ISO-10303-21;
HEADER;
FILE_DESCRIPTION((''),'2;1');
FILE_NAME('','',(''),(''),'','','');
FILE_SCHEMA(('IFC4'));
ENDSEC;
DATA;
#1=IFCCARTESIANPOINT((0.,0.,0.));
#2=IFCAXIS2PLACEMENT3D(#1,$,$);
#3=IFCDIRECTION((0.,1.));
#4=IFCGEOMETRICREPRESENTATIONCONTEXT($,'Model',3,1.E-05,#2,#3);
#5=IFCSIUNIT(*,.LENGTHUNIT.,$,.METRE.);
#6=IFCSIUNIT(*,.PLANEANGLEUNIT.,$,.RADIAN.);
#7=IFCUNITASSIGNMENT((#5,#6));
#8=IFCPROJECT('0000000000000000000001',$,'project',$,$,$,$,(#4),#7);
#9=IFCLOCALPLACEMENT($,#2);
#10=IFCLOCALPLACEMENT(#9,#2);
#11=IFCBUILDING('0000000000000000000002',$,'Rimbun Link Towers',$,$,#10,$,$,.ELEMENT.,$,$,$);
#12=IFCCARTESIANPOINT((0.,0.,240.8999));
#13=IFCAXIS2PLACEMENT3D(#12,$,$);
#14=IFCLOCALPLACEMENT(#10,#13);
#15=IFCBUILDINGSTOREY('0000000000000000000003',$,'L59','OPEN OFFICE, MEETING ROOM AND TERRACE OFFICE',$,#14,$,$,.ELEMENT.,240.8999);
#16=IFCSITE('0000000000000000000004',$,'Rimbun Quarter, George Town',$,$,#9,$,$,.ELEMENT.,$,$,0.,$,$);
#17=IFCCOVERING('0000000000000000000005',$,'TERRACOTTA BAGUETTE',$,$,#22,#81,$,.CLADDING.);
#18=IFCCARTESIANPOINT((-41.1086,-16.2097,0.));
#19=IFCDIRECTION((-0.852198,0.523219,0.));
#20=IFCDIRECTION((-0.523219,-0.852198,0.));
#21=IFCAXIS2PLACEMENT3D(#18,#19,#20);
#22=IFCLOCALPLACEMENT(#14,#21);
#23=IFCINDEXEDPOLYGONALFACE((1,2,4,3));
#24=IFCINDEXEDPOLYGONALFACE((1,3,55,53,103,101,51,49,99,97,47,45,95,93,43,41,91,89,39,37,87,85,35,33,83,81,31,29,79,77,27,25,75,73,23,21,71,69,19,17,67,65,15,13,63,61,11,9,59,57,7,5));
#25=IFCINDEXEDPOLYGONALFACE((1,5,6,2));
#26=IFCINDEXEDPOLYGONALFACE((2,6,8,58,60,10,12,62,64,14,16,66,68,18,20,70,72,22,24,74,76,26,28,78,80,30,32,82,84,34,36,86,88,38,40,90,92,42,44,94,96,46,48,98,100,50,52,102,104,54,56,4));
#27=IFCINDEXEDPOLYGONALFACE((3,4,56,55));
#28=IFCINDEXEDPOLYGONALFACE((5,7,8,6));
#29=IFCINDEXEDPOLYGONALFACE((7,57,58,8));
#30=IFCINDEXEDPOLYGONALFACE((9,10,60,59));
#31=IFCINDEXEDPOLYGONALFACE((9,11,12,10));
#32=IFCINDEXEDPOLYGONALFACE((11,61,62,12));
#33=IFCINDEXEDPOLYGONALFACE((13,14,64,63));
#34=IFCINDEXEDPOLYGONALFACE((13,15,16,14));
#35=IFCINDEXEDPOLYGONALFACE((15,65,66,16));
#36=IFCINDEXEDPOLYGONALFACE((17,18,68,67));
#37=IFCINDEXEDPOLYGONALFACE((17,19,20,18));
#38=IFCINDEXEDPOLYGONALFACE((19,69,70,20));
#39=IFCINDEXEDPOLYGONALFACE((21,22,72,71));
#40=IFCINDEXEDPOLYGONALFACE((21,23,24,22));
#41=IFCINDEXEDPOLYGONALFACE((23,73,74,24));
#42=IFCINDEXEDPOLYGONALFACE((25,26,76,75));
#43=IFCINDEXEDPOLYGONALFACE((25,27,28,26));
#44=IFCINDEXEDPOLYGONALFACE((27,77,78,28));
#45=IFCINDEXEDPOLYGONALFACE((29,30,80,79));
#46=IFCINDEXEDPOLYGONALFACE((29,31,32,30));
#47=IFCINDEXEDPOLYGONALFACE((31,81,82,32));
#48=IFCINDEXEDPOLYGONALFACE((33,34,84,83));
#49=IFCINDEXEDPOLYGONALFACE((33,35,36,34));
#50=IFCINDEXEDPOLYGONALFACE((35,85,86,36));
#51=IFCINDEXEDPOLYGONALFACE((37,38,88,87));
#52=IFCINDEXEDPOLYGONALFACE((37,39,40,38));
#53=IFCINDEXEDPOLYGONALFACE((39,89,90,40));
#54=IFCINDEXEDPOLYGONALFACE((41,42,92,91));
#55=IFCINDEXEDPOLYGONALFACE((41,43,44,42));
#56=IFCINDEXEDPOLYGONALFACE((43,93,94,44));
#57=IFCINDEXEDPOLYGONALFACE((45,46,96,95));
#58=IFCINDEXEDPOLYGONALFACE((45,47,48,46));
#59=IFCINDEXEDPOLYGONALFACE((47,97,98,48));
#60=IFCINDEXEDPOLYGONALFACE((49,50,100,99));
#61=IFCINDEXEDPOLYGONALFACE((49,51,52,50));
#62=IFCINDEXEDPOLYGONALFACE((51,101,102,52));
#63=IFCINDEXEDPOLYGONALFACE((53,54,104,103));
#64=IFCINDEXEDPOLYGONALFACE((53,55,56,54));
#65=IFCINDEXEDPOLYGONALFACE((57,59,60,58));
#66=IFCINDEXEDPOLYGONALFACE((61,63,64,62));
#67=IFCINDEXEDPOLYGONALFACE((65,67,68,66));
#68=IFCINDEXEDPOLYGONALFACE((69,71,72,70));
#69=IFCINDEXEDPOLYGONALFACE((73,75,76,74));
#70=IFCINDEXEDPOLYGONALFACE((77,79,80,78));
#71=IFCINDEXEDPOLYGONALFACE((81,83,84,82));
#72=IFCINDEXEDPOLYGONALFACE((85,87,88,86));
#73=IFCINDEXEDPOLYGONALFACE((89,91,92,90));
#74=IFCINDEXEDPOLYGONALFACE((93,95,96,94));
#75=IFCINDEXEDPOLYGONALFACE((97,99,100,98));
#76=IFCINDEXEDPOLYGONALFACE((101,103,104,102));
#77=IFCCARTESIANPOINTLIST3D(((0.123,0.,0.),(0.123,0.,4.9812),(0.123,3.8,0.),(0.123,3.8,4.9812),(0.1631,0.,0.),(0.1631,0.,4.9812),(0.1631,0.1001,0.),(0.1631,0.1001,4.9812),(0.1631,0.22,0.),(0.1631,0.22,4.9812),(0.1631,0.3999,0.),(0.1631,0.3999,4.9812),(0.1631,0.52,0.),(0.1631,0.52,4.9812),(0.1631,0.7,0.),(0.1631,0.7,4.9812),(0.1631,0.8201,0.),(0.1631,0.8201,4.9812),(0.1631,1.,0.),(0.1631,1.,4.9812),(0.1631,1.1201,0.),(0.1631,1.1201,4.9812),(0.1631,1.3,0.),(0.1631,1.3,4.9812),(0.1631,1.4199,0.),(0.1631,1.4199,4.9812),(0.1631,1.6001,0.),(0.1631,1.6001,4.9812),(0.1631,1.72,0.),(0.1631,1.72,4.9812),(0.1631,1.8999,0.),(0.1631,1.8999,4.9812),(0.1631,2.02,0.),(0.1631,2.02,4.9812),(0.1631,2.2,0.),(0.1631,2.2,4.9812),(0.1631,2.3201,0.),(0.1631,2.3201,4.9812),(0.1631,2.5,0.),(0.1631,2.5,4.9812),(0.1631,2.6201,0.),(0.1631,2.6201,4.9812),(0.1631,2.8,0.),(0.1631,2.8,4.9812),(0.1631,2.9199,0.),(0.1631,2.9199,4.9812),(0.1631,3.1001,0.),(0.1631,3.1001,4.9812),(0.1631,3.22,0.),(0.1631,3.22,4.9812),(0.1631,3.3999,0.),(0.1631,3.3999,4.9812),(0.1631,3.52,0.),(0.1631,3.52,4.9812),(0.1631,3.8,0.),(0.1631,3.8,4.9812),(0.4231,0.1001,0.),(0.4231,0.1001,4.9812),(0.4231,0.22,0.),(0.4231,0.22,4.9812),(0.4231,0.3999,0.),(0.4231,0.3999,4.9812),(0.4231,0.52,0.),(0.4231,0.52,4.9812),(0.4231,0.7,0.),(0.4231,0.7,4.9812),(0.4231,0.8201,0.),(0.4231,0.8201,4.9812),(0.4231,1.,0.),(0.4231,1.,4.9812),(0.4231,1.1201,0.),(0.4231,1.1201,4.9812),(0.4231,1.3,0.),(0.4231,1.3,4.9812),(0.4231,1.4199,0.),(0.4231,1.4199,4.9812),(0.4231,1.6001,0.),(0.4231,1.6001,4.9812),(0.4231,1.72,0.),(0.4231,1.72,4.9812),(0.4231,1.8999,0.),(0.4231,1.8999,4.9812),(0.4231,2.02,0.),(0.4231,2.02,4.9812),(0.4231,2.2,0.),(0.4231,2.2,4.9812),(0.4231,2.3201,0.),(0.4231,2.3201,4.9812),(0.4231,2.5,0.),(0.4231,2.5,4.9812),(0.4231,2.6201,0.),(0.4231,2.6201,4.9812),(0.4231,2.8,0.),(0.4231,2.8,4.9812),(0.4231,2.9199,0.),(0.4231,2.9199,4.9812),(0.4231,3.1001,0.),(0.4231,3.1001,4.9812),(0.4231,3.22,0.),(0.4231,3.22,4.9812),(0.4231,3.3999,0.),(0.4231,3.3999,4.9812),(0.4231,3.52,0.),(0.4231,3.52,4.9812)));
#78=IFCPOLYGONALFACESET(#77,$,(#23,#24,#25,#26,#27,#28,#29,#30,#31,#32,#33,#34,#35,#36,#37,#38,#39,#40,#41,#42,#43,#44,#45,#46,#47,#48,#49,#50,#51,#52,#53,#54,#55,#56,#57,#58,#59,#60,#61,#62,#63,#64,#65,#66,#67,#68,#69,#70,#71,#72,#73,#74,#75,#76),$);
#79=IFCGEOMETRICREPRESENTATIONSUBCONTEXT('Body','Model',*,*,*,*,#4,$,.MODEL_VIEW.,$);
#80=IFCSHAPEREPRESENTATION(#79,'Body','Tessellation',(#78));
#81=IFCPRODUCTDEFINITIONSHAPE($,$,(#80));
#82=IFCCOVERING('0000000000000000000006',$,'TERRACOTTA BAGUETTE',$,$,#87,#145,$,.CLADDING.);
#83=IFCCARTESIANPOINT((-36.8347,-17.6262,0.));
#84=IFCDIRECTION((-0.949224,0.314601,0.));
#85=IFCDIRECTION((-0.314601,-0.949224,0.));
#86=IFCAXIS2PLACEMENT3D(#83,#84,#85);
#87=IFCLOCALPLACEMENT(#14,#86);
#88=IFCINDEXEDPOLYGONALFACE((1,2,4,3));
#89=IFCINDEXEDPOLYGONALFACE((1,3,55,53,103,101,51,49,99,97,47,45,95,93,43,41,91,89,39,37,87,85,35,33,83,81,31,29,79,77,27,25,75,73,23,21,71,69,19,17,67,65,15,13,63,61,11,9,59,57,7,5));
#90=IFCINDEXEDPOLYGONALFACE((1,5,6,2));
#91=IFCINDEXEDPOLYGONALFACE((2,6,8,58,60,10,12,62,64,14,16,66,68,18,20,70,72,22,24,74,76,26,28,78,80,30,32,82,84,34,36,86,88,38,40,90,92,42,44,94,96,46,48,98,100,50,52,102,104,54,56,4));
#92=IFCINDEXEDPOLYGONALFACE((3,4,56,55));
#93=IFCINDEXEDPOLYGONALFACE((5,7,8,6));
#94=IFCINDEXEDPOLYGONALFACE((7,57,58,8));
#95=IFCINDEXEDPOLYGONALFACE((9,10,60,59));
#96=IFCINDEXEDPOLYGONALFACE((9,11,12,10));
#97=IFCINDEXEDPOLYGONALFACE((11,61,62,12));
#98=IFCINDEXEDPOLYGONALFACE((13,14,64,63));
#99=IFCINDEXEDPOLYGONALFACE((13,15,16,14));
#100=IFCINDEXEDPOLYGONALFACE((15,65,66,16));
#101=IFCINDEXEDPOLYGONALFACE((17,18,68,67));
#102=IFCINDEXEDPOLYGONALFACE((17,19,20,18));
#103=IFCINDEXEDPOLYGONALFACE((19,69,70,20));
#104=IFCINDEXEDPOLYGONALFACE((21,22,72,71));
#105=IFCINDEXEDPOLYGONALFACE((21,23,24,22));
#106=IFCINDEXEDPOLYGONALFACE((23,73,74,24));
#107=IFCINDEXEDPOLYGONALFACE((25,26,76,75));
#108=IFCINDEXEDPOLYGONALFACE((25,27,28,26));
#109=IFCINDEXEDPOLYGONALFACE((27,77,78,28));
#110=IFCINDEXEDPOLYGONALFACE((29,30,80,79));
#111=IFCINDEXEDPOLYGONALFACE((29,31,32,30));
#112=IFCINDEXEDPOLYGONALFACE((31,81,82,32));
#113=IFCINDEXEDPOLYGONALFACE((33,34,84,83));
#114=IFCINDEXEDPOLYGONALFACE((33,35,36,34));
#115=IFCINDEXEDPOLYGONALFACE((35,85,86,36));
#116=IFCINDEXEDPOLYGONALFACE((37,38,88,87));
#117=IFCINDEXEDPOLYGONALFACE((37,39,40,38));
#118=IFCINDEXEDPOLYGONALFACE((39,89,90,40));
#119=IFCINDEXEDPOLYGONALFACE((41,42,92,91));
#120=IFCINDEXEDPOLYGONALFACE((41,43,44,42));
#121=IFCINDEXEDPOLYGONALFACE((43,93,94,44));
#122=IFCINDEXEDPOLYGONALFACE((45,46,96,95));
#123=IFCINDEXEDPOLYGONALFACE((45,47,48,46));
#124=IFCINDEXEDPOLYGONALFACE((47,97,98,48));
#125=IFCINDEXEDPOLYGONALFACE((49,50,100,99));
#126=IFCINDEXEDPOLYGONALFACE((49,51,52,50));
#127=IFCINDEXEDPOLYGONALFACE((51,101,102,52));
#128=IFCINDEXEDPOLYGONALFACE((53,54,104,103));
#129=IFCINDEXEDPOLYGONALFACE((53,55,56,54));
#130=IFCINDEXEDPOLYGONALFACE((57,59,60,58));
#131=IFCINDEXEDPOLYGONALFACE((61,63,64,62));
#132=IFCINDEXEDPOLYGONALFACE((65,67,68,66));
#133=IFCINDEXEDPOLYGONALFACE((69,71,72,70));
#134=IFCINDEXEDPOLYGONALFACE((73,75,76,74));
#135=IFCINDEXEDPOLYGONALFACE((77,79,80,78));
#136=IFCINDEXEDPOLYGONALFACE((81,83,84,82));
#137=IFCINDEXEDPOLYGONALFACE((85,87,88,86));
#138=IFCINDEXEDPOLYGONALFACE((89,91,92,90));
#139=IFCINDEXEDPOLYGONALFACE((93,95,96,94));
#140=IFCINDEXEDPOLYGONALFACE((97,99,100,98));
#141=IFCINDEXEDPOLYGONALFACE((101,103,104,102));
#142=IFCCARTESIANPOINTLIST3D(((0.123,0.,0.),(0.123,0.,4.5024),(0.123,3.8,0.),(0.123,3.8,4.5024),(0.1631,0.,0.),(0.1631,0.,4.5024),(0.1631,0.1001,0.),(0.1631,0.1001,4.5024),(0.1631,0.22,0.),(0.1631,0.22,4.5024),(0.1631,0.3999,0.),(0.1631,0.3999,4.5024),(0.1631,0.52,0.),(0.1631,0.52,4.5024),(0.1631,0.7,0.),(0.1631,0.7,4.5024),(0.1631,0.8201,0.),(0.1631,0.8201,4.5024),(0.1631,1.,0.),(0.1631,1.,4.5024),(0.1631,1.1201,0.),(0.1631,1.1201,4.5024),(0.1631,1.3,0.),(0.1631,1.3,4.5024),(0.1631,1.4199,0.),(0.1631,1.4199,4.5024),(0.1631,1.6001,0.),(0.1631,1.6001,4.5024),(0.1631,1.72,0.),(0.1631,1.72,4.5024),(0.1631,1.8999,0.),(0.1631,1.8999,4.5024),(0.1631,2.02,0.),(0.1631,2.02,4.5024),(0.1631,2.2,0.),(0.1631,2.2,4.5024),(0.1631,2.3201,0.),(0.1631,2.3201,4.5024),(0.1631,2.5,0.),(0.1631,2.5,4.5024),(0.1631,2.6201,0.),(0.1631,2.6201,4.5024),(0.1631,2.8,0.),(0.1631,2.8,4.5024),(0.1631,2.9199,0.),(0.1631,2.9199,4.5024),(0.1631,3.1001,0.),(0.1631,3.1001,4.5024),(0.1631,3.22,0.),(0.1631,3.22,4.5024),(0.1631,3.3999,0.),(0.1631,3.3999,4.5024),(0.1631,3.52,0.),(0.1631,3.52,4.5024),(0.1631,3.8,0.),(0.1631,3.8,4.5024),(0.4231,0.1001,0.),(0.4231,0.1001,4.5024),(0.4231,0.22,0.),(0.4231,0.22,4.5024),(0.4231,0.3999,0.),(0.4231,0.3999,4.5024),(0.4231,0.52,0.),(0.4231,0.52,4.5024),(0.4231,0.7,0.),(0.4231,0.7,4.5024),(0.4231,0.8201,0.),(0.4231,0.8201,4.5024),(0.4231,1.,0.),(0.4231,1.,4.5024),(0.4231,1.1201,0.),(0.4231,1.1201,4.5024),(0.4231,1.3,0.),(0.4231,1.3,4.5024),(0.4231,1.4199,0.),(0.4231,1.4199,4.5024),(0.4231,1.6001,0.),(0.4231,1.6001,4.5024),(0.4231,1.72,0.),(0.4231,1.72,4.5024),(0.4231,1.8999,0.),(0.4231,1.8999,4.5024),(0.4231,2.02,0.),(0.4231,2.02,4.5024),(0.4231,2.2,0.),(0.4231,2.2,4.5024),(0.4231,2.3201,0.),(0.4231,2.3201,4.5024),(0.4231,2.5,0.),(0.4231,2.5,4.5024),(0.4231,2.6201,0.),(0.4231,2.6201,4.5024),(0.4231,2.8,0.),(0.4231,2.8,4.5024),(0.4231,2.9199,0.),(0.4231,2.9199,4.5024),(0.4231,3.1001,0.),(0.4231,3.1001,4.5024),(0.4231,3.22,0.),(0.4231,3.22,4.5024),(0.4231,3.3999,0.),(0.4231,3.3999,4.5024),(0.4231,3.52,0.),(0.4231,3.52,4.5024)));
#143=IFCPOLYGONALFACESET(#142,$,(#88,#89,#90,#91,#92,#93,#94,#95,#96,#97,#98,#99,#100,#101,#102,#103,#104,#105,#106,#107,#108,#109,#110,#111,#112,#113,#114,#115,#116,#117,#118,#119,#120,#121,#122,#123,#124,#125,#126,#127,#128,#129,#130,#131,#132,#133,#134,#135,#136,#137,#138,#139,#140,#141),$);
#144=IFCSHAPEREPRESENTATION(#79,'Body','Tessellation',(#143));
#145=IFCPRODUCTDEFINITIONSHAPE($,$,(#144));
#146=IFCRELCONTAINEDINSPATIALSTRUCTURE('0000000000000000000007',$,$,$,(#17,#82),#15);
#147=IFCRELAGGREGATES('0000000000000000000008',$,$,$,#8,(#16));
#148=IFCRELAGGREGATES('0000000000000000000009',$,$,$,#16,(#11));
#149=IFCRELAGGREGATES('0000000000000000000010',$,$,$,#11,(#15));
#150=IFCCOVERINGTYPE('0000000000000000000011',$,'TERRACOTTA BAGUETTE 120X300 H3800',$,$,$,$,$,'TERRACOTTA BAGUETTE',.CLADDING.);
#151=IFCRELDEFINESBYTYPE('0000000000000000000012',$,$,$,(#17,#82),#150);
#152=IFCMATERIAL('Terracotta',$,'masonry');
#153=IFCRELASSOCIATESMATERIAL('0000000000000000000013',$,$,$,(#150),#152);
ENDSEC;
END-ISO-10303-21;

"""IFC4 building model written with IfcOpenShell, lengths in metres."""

from ifc_helpers import new_model, si_unit, direction, frame, origin, place, context, subcontext, project, spatial, polyline, outline, extrude, material, material_profile, profile_set, type_object, element, save


model = new_model("IFC4")

# Units and contexts
model_context = context("Model", 3, precision=1e-05, world=origin(), true_north=direction((0.0, 1.0)))
body_context = subcontext(model_context, "Body", "Model", "MODEL_VIEW")
ifc_project = project(units=[si_unit("LENGTHUNIT", "METRE"), si_unit("PLANEANGLEUNIT", "RADIAN")], contexts=[model_context])

# Site, building, storey
site_placement = place(None, origin())
site = spatial("IfcSite", under=ifc_project, at=site_placement, Name="Rimbun Quarter, George Town", CompositionType="ELEMENT", RefElevation=0.0)
building_placement = place(site_placement, origin())
building = spatial("IfcBuilding", under=site, at=building_placement, Name="Rimbun Link Towers", CompositionType="ELEMENT")
storey_placement = place(building_placement, frame((0.0, 0.0, 240.8999)))
storey = spatial("IfcBuildingStorey", under=building, at=storey_placement, Name="L59", Description="OPEN OFFICE, MEETING ROOM AND TERRACE OFFICE", CompositionType="ELEMENT", Elevation=240.8999)

# Coverings
ifc_material_1 = material(Name="Terracotta", Category="masonry")
ifc_material_profile_1 = material_profile(ifc_material_1, outline(polyline([(0.123, 0.0), (0.1631, 0.0), (0.1631, 0.1001), (0.4231, 0.1001), (0.4231, 0.22), (0.1631, 0.22), (0.1631, 0.3999), (0.4231, 0.3999), (0.4231, 0.52), (0.1631, 0.52), (0.1631, 0.7), (0.4231, 0.7), (0.4231, 0.8201), (0.1631, 0.8201), (0.1631, 1.0), (0.4231, 1.0), (0.4231, 1.1201), (0.1631, 1.1201), (0.1631, 1.3), (0.4231, 1.3), (0.4231, 1.4199), (0.1631, 1.4199), (0.1631, 1.6001), (0.4231, 1.6001), (0.4231, 1.72), (0.1631, 1.72), (0.1631, 1.8999), (0.4231, 1.8999), (0.4231, 2.02), (0.1631, 2.02), (0.1631, 2.2), (0.4231, 2.2), (0.4231, 2.3201), (0.1631, 2.3201), (0.1631, 2.5), (0.4231, 2.5), (0.4231, 2.6201), (0.1631, 2.6201), (0.1631, 2.8), (0.4231, 2.8), (0.4231, 2.9199), (0.1631, 2.9199), (0.1631, 3.1001), (0.4231, 3.1001), (0.4231, 3.22), (0.1631, 3.22), (0.1631, 3.3999), (0.4231, 3.3999), (0.4231, 3.52), (0.1631, 3.52), (0.1631, 3.8), (0.123, 3.8), (0.123, 0.0)])), Name="BAGUETTE 120X300")
ifc_profile_set_1 = profile_set([ifc_material_profile_1], Name="Terracotta")
covering_type = type_object("IfcCoveringType", Name="TERRACOTTA BAGUETTE 120X300 H3800", ElementType="TERRACOTTA BAGUETTE", PredefinedType="CLADDING", material=ifc_profile_set_1)
covering_1_placement = place(storey_placement, frame((-41.1086, -16.2097, 0.0), z_axis=(-0.852198, 0.523219, 0.0), x_axis=(-0.523219, -0.852198, 0.0)))
element("IfcCovering", 1, at=covering_1_placement, inside=storey, type_object=covering_type, Name="TERRACOTTA BAGUETTE", PredefinedType="CLADDING", context=body_context, shape_type="SweptSolid", body=[
    extrude(outline(polyline([(0.123, 0.0), (0.1631, 0.0), (0.1631, 0.1001), (0.4231, 0.1001), (0.4231, 0.22), (0.1631, 0.22), (0.1631, 0.3999), (0.4231, 0.3999), (0.4231, 0.52), (0.1631, 0.52), (0.1631, 0.7), (0.4231, 0.7), (0.4231, 0.8201), (0.1631, 0.8201), (0.1631, 1.0), (0.4231, 1.0), (0.4231, 1.1201), (0.1631, 1.1201), (0.1631, 1.3), (0.4231, 1.3), (0.4231, 1.4199), (0.1631, 1.4199), (0.1631, 1.6001), (0.4231, 1.6001), (0.4231, 1.72), (0.1631, 1.72), (0.1631, 1.8999), (0.4231, 1.8999), (0.4231, 2.02), (0.1631, 2.02), (0.1631, 2.2), (0.4231, 2.2), (0.4231, 2.3201), (0.1631, 2.3201), (0.1631, 2.5), (0.4231, 2.5), (0.4231, 2.6201), (0.1631, 2.6201), (0.1631, 2.8), (0.4231, 2.8), (0.4231, 2.9199), (0.1631, 2.9199), (0.1631, 3.1001), (0.4231, 3.1001), (0.4231, 3.22), (0.1631, 3.22), (0.1631, 3.3999), (0.4231, 3.3999), (0.4231, 3.52), (0.1631, 3.52), (0.1631, 3.8), (0.123, 3.8), (0.123, 0.0)])), origin(), (0.0, 0.0, 1.0), 4.9812),
])
covering_2_placement = place(storey_placement, frame((-36.8347, -17.6262, 0.0), z_axis=(-0.949224, 0.314601, 0.0), x_axis=(-0.314601, -0.949224, 0.0)))
element("IfcCovering", 2, at=covering_2_placement, inside=storey, type_object=covering_type, Name="TERRACOTTA BAGUETTE", PredefinedType="CLADDING", context=body_context, shape_type="SweptSolid", body=[
    extrude(outline(polyline([(0.123, 0.0), (0.1631, 0.0), (0.1631, 0.1001), (0.4231, 0.1001), (0.4231, 0.22), (0.1631, 0.22), (0.1631, 0.3999), (0.4231, 0.3999), (0.4231, 0.52), (0.1631, 0.52), (0.1631, 0.7), (0.4231, 0.7), (0.4231, 0.8201), (0.1631, 0.8201), (0.1631, 1.0), (0.4231, 1.0), (0.4231, 1.1201), (0.1631, 1.1201), (0.1631, 1.3), (0.4231, 1.3), (0.4231, 1.4199), (0.1631, 1.4199), (0.1631, 1.6001), (0.4231, 1.6001), (0.4231, 1.72), (0.1631, 1.72), (0.1631, 1.8999), (0.4231, 1.8999), (0.4231, 2.02), (0.1631, 2.02), (0.1631, 2.2), (0.4231, 2.2), (0.4231, 2.3201), (0.1631, 2.3201), (0.1631, 2.5), (0.4231, 2.5), (0.4231, 2.6201), (0.1631, 2.6201), (0.1631, 2.8), (0.4231, 2.8), (0.4231, 2.9199), (0.1631, 2.9199), (0.1631, 3.1001), (0.4231, 3.1001), (0.4231, 3.22), (0.1631, 3.22), (0.1631, 3.3999), (0.4231, 3.3999), (0.4231, 3.52), (0.1631, 3.52), (0.1631, 3.8), (0.123, 3.8), (0.123, 0.0)])), origin(), (0.0, 0.0, 1.0), 4.5024),
])

save(model, "model.ifc")
